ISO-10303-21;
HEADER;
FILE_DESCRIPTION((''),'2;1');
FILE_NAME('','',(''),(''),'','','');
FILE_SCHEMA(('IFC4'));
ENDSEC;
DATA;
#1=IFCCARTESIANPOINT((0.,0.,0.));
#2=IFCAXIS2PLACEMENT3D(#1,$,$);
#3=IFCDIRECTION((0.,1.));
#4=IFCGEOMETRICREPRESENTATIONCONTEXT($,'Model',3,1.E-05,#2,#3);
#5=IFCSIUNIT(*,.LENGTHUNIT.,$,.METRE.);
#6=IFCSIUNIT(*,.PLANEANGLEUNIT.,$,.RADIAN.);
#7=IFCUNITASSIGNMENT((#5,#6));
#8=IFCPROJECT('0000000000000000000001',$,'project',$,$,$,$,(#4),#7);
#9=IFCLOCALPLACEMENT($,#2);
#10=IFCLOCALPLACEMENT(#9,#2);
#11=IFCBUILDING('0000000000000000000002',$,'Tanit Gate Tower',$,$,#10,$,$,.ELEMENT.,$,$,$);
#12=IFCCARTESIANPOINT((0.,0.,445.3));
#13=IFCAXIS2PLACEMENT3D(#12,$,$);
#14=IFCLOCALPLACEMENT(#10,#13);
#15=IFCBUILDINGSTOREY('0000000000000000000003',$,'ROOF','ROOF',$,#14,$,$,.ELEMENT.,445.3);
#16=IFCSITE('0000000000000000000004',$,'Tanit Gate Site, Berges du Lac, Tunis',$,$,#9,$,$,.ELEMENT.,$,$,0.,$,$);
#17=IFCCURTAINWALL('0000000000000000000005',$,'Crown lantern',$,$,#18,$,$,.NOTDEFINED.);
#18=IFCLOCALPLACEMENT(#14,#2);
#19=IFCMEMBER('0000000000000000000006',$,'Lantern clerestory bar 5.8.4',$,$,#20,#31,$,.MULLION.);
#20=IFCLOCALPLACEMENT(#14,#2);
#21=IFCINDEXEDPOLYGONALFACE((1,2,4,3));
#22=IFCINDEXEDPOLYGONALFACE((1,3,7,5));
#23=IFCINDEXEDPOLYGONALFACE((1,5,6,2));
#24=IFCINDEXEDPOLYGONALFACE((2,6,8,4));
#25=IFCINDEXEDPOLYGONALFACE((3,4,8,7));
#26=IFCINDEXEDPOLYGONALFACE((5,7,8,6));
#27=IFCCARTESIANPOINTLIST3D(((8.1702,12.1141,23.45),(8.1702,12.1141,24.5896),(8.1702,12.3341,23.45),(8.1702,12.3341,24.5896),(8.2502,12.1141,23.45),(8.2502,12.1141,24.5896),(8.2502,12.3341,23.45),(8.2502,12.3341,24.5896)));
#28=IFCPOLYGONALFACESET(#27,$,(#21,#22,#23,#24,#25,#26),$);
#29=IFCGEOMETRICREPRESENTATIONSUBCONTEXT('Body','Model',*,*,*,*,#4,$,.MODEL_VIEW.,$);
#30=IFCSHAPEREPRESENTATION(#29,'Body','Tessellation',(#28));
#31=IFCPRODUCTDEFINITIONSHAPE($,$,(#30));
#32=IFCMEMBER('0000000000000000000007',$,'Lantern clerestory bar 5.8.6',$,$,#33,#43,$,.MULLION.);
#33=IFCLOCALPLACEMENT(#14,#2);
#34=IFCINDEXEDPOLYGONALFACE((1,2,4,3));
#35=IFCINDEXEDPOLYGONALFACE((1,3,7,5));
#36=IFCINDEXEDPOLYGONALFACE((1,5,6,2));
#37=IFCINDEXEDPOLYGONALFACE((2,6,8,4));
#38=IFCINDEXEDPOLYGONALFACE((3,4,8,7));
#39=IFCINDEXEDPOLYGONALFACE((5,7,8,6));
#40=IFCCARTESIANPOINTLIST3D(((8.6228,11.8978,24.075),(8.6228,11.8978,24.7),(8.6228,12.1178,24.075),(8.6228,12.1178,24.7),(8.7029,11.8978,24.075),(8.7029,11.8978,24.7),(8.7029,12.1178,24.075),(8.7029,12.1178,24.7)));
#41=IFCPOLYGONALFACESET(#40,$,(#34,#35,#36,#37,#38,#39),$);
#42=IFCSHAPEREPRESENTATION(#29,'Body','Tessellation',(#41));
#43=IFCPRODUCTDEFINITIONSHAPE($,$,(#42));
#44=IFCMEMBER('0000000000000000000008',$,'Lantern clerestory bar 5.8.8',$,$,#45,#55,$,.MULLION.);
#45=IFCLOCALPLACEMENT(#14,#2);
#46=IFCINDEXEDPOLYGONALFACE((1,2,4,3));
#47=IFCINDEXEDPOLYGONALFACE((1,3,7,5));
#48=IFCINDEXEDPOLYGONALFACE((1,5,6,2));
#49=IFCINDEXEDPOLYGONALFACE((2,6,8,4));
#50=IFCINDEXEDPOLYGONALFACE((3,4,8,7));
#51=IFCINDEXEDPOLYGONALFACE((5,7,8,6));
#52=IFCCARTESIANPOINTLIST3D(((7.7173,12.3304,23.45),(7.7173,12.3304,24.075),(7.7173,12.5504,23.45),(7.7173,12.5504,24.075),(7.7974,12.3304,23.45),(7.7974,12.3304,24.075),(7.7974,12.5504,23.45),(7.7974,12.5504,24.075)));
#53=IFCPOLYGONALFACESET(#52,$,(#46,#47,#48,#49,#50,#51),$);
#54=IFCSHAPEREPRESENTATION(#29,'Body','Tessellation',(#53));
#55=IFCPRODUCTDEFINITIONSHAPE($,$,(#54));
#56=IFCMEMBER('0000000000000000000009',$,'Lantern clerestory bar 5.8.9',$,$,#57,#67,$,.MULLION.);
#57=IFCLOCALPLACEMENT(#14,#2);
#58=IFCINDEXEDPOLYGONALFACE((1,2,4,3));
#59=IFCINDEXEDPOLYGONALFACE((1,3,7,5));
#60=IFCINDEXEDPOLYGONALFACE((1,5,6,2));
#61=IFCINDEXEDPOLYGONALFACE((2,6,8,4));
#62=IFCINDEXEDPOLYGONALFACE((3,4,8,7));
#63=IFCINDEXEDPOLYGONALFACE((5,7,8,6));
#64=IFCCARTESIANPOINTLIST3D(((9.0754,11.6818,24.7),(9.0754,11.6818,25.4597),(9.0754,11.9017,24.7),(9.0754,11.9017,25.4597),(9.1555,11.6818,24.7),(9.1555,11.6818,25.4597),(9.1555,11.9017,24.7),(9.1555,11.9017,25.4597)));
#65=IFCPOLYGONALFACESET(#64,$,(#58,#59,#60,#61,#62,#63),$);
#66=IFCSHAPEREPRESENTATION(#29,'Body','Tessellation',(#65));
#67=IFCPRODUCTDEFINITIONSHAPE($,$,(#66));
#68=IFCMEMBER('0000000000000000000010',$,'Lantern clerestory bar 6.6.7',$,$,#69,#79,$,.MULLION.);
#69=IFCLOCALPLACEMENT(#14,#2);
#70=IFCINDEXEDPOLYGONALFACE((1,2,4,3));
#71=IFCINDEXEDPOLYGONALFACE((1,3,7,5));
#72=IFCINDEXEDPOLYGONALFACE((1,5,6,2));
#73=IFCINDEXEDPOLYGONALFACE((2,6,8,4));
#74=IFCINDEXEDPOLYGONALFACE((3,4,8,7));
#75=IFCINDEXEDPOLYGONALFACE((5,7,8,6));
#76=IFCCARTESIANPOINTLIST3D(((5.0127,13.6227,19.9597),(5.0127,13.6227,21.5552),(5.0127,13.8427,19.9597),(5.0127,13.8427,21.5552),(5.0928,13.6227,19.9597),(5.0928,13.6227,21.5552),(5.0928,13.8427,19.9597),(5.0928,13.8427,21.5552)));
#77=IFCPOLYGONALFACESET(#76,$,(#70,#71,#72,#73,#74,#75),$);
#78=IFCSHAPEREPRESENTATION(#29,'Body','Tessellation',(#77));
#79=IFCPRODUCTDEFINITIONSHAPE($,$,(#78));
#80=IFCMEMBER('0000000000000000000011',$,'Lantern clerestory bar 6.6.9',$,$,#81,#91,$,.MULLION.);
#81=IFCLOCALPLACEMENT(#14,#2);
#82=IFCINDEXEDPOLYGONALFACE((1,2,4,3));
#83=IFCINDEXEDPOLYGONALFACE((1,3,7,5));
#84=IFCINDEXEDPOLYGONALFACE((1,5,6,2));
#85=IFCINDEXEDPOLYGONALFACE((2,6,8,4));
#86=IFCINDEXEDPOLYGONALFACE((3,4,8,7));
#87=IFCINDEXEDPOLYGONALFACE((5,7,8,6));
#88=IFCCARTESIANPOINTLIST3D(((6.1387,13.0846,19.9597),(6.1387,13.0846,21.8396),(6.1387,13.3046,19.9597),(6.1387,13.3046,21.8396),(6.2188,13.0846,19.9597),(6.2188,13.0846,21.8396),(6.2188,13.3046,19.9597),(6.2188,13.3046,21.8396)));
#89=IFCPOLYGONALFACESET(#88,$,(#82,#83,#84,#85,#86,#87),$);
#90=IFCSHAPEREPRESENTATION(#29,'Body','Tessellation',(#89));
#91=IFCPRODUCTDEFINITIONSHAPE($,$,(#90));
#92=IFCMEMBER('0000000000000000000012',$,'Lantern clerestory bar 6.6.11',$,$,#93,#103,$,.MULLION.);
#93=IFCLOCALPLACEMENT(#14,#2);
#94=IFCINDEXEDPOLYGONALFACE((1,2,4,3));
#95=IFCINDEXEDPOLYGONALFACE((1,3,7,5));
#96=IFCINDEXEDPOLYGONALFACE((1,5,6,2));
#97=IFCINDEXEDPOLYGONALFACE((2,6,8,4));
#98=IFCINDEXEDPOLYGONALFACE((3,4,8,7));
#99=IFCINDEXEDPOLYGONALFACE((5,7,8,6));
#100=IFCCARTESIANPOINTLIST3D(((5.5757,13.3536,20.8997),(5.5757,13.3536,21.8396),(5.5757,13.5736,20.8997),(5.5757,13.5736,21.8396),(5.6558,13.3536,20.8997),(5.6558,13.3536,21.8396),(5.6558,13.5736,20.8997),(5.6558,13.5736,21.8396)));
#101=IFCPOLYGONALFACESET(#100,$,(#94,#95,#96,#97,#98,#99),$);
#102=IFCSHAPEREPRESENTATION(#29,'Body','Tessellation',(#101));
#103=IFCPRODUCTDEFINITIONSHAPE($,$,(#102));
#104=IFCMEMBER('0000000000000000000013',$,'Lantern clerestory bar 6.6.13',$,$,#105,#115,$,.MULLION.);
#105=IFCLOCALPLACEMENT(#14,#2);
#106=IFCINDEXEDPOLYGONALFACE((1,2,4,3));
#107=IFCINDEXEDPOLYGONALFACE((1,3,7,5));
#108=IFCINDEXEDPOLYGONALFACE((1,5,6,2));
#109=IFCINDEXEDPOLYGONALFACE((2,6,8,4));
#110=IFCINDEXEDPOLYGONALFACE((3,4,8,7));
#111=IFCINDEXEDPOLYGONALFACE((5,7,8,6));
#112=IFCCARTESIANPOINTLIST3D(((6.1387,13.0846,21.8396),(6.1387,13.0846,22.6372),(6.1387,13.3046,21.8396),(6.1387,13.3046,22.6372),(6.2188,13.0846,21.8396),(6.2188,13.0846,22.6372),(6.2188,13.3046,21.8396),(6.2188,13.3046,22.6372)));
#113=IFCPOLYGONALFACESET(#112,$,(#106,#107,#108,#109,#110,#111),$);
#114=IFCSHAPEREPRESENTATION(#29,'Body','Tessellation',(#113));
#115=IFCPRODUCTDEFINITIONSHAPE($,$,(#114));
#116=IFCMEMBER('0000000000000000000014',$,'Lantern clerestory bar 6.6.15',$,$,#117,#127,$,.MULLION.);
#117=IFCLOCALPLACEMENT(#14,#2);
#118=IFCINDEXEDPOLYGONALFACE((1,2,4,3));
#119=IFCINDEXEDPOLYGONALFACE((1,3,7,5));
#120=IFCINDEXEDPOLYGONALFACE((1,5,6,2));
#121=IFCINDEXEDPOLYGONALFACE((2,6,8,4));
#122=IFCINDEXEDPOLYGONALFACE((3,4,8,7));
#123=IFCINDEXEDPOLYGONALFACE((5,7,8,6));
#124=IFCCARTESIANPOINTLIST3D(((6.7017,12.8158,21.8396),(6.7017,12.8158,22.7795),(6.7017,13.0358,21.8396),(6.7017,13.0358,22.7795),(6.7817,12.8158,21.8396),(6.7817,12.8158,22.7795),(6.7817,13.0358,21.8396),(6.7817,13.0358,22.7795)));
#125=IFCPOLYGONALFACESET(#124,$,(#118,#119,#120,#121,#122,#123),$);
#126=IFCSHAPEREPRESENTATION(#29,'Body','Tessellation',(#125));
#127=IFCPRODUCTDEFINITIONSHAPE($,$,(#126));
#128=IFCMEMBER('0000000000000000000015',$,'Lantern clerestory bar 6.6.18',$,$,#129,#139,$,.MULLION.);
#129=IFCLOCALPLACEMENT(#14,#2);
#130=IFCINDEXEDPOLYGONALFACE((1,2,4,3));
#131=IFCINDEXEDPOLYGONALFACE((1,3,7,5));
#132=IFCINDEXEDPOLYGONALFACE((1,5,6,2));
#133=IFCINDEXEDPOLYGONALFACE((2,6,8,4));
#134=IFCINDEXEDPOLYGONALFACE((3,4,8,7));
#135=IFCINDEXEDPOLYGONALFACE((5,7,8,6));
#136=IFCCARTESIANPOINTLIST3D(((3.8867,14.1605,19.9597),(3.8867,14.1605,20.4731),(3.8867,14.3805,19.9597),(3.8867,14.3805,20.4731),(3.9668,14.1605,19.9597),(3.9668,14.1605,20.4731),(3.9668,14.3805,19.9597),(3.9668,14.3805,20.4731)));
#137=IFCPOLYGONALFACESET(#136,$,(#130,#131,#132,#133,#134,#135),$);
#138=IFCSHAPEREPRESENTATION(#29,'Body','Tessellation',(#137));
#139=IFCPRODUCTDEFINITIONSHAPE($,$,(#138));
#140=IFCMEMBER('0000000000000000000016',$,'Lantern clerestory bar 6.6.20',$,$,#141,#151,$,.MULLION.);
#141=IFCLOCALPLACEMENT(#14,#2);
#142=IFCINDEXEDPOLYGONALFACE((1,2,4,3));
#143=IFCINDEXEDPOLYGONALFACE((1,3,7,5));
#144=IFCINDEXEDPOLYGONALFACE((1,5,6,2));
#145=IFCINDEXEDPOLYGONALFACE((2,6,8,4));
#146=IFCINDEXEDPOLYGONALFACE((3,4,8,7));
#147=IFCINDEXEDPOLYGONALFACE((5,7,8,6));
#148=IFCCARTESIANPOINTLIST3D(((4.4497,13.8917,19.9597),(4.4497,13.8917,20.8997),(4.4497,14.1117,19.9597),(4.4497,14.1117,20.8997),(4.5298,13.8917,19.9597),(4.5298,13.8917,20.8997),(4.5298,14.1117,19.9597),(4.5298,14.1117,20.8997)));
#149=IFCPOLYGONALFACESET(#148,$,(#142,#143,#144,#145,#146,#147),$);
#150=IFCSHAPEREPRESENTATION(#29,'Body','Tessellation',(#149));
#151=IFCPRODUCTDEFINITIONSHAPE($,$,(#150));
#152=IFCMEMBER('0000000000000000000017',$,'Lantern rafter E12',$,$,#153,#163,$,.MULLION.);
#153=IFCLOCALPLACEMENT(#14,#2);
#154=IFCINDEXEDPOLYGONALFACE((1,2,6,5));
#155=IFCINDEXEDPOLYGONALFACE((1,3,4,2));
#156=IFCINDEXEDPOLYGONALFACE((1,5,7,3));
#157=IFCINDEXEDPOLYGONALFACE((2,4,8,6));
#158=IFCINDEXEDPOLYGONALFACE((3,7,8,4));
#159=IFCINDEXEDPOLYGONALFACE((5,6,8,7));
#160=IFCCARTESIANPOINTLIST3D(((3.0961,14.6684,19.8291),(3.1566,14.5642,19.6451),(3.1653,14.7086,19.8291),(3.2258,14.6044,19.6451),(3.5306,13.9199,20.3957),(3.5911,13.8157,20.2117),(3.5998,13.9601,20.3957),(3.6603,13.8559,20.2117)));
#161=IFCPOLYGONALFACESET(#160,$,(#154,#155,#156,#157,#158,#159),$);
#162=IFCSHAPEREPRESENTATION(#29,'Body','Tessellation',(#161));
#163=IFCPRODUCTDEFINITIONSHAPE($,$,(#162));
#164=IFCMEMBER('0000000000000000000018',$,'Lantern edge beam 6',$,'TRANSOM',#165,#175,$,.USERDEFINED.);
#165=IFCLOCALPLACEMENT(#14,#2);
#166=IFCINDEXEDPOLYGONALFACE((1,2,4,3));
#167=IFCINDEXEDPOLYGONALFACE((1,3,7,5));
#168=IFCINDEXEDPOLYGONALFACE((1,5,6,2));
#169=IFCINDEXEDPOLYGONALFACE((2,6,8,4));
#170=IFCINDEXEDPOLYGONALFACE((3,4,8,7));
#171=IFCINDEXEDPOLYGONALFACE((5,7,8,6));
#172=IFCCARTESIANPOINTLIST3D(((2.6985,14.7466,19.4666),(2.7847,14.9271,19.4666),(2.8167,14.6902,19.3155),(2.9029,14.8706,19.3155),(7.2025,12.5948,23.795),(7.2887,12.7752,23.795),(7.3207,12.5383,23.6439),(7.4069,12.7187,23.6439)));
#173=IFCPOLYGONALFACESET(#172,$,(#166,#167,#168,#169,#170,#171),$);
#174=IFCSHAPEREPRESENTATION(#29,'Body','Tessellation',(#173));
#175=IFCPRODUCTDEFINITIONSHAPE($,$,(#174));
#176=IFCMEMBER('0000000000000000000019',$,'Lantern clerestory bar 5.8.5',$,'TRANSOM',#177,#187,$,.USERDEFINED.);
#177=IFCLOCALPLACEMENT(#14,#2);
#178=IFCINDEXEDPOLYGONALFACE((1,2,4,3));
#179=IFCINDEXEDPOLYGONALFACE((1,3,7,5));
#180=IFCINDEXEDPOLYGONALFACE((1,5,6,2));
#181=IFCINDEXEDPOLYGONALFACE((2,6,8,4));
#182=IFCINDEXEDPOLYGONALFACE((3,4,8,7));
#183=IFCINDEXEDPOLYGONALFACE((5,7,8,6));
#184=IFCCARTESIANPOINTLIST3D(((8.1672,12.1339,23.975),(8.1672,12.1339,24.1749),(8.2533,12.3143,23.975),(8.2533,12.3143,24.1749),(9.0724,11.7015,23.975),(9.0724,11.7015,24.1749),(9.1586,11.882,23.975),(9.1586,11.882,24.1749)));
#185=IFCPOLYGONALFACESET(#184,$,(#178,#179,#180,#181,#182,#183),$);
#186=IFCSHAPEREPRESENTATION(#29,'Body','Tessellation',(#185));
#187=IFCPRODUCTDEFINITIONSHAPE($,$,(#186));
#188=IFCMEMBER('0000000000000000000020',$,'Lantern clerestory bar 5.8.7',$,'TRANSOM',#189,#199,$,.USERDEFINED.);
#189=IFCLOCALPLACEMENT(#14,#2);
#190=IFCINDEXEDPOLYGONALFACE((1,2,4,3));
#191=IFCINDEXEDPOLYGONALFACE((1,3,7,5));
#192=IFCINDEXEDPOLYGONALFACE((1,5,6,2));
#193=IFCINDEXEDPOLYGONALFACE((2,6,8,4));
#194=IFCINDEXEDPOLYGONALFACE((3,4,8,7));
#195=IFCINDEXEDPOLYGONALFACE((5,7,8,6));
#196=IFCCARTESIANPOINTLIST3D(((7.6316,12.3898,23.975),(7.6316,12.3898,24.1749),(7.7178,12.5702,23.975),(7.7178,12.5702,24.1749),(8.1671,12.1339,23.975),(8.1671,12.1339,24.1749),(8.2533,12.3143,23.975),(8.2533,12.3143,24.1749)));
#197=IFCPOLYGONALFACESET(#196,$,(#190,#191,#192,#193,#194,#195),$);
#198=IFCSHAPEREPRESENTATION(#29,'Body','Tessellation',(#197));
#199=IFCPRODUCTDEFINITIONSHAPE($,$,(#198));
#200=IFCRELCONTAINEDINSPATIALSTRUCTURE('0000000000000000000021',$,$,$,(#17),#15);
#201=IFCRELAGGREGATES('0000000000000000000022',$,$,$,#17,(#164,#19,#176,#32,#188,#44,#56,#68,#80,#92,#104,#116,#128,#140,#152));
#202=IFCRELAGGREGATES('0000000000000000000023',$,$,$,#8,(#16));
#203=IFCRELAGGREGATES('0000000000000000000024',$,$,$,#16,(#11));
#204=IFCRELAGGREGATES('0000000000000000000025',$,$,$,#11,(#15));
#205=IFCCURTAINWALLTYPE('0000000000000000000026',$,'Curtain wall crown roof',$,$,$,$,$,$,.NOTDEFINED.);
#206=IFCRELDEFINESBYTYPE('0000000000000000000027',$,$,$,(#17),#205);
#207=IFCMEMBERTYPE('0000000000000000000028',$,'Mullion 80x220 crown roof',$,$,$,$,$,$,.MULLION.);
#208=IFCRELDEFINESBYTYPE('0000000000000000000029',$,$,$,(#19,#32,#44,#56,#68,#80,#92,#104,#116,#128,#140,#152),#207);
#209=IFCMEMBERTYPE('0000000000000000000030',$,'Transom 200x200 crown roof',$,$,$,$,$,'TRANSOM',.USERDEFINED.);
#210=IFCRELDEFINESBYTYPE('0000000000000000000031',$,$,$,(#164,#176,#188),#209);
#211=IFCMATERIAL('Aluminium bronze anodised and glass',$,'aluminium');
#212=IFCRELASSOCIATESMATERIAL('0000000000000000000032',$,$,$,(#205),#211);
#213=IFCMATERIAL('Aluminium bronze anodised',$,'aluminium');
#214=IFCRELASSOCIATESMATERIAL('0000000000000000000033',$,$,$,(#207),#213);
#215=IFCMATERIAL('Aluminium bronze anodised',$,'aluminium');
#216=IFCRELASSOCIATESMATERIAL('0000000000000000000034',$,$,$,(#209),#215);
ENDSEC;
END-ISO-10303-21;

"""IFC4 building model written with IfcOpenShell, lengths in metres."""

from ifc_helpers import new_model, si_unit, direction, frame, origin, origin_2d, place, context, subcontext, project, spatial, rectangle, extrude, material, material_profile, profile_set, type_object, element, aggregate, save


model = new_model("IFC4")

# Units and contexts
model_context = context("Model", 3, precision=1e-05, world=origin(), true_north=direction((0.0, 1.0)))
body_context = subcontext(model_context, "Body", "Model", "MODEL_VIEW")
ifc_project = project(units=[si_unit("LENGTHUNIT", "METRE"), si_unit("PLANEANGLEUNIT", "RADIAN")], contexts=[model_context])

# Site, building, storey
site_placement = place(None, origin())
site = spatial("IfcSite", under=ifc_project, at=site_placement, Name="Tanit Gate Site, Berges du Lac, Tunis", CompositionType="ELEMENT", RefElevation=0.0)
building_placement = place(site_placement, origin())
building = spatial("IfcBuilding", under=site, at=building_placement, Name="Tanit Gate Tower", CompositionType="ELEMENT")
storey_placement = place(building_placement, frame((0.0, 0.0, 445.3)))
storey = spatial("IfcBuildingStorey", under=building, at=storey_placement, Name="ROOF", Description="ROOF", CompositionType="ELEMENT", Elevation=445.3)

# Curtain wall, members
ifc_material_1 = material(Name="Aluminium bronze anodised and glass", Category="aluminium")
curtain_wall_type = type_object("IfcCurtainWallType", Name="Curtain wall crown roof", PredefinedType="NOTDEFINED", material=ifc_material_1)
curtain_wall_placement = place(storey_placement, origin())
curtain_wall = element("IfcCurtainWall", 1, at=curtain_wall_placement, inside=storey, type_object=curtain_wall_type, Name="Crown lantern", PredefinedType="NOTDEFINED")
ifc_material_2 = material(Name="Aluminium bronze anodised", Category="aluminium")
ifc_material_profile_1 = material_profile(ifc_material_2, rectangle(XDim=0.0801, YDim=0.22, at=origin_2d()), Name="80x220 bronze rafter")
ifc_profile_set_1 = profile_set([ifc_material_profile_1], Name="Aluminium bronze anodised")
member_type_1 = type_object("IfcMemberType", Name="Mullion 80x220 crown roof", PredefinedType="MULLION", material=ifc_profile_set_1)
member_1_placement = place(storey_placement, frame((8.2102, 12.2241, 23.45), z_axis=(0.0, 0.0, 1.0), x_axis=(1.0, 0.0, 0.0)))
member_1 = element("IfcMember", 2, at=member_1_placement, type_object=member_type_1, Name="Lantern clerestory bar 5.8.4", PredefinedType="MULLION", context=body_context, shape_type="SweptSolid", body=[
    extrude(rectangle(XDim=0.0801, YDim=0.22, at=origin_2d()), origin(), (0.0, 0.0, 1.0), 1.1396),
])
member_2_placement = place(storey_placement, frame((8.6628, 12.0078, 24.075), z_axis=(0.0, 0.0, 1.0), x_axis=(1.0, 0.0, 0.0)))
member_2 = element("IfcMember", 3, at=member_2_placement, type_object=member_type_1, Name="Lantern clerestory bar 5.8.6", PredefinedType="MULLION", context=body_context, shape_type="SweptSolid", body=[
    extrude(rectangle(XDim=0.0801, YDim=0.22, at=origin_2d()), origin(), (0.0, 0.0, 1.0), 0.625),
])
member_3_placement = place(storey_placement, frame((7.7573, 12.4404, 23.45), z_axis=(0.0, 0.0, 1.0), x_axis=(1.0, 0.0, 0.0)))
member_3 = element("IfcMember", 4, at=member_3_placement, type_object=member_type_1, Name="Lantern clerestory bar 5.8.8", PredefinedType="MULLION", context=body_context, shape_type="SweptSolid", body=[
    extrude(rectangle(XDim=0.0801, YDim=0.22, at=origin_2d()), origin(), (0.0, 0.0, 1.0), 0.625),
])
member_4_placement = place(storey_placement, frame((9.1155, 11.7917, 24.7), z_axis=(0.0, 0.0, 1.0), x_axis=(1.0, 0.0, 0.0)))
member_4 = element("IfcMember", 5, at=member_4_placement, type_object=member_type_1, Name="Lantern clerestory bar 5.8.9", PredefinedType="MULLION", context=body_context, shape_type="SweptSolid", body=[
    extrude(rectangle(XDim=0.0801, YDim=0.22, at=origin_2d()), origin(), (0.0, 0.0, 1.0), 0.7598),
])
member_5_placement = place(storey_placement, frame((5.0527, 13.7327, 19.9597), z_axis=(0.0, 0.0, 1.0), x_axis=(1.0, 0.0, 0.0)))
member_5 = element("IfcMember", 6, at=member_5_placement, type_object=member_type_1, Name="Lantern clerestory bar 6.6.7", PredefinedType="MULLION", context=body_context, shape_type="SweptSolid", body=[
    extrude(rectangle(XDim=0.0801, YDim=0.22, at=origin_2d()), origin(), (0.0, 0.0, 1.0), 1.5955),
])
member_6_placement = place(storey_placement, frame((6.1787, 13.1946, 19.9597), z_axis=(0.0, 0.0, 1.0), x_axis=(1.0, 0.0, 0.0)))
member_6 = element("IfcMember", 7, at=member_6_placement, type_object=member_type_1, Name="Lantern clerestory bar 6.6.9", PredefinedType="MULLION", context=body_context, shape_type="SweptSolid", body=[
    extrude(rectangle(XDim=0.0801, YDim=0.22, at=origin_2d()), origin(), (0.0, 0.0, 1.0), 1.8799),
])
member_7_placement = place(storey_placement, frame((5.6157, 13.4636, 20.8997), z_axis=(0.0, 0.0, 1.0), x_axis=(1.0, 0.0, 0.0)))
member_7 = element("IfcMember", 8, at=member_7_placement, type_object=member_type_1, Name="Lantern clerestory bar 6.6.11", PredefinedType="MULLION", context=body_context, shape_type="SweptSolid", body=[
    extrude(rectangle(XDim=0.0801, YDim=0.22, at=origin_2d()), origin(), (0.0, 0.0, 1.0), 0.9399),
])
member_8_placement = place(storey_placement, frame((6.1787, 13.1946, 21.8396), z_axis=(0.0, 0.0, 1.0), x_axis=(1.0, 0.0, 0.0)))
member_8 = element("IfcMember", 9, at=member_8_placement, type_object=member_type_1, Name="Lantern clerestory bar 6.6.13", PredefinedType="MULLION", context=body_context, shape_type="SweptSolid", body=[
    extrude(rectangle(XDim=0.0801, YDim=0.22, at=origin_2d()), origin(), (0.0, 0.0, 1.0), 0.7976),
])
member_9_placement = place(storey_placement, frame((6.7417, 12.9258, 21.8396), z_axis=(0.0, 0.0, 1.0), x_axis=(1.0, 0.0, 0.0)))
member_9 = element("IfcMember", 10, at=member_9_placement, type_object=member_type_1, Name="Lantern clerestory bar 6.6.15", PredefinedType="MULLION", context=body_context, shape_type="SweptSolid", body=[
    extrude(rectangle(XDim=0.0801, YDim=0.22, at=origin_2d()), origin(), (0.0, 0.0, 1.0), 0.9399),
])
member_10_placement = place(storey_placement, frame((3.9268, 14.2705, 19.9597), z_axis=(0.0, 0.0, 1.0), x_axis=(1.0, 0.0, 0.0)))
member_10 = element("IfcMember", 11, at=member_10_placement, type_object=member_type_1, Name="Lantern clerestory bar 6.6.18", PredefinedType="MULLION", context=body_context, shape_type="SweptSolid", body=[
    extrude(rectangle(XDim=0.0801, YDim=0.22, at=origin_2d()), origin(), (0.0, 0.0, 1.0), 0.5134),
])
member_11_placement = place(storey_placement, frame((4.4897, 14.0017, 19.9597), z_axis=(0.0, 0.0, 1.0), x_axis=(1.0, 0.0, 0.0)))
member_11 = element("IfcMember", 12, at=member_11_placement, type_object=member_type_1, Name="Lantern clerestory bar 6.6.20", PredefinedType="MULLION", context=body_context, shape_type="SweptSolid", body=[
    extrude(rectangle(XDim=0.0801, YDim=0.22, at=origin_2d()), origin(), (0.0, 0.0, 1.0), 0.9399),
])
member_12_placement = place(storey_placement, frame((3.5955, 13.8879, 20.3037), z_axis=(-0.420066, 0.723552, -0.547738), x_axis=(-0.864821, -0.502081, 0.0)))
member_12 = element("IfcMember", 13, at=member_12_placement, type_object=member_type_1, Name="Lantern rafter E12", PredefinedType="MULLION", context=body_context, shape_type="SweptSolid", body=[
    extrude(rectangle(XDim=0.0801, YDim=0.22, at=origin_2d()), origin(), (0.0, 0.0, 1.0), 1.0344),
])
ifc_material_3 = material(Name="Aluminium bronze anodised", Category="aluminium")
ifc_material_profile_2 = material_profile(ifc_material_3, rectangle(XDim=0.2, YDim=0.2, at=origin_2d()), Name="200x200 bronze transom")
ifc_profile_set_2 = profile_set([ifc_material_profile_2], Name="Aluminium bronze anodised")
member_type_2 = type_object("IfcMemberType", Name="Transom 200x200 crown roof", ElementType="TRANSOM", PredefinedType="USERDEFINED", material=ifc_profile_set_2)
member_13_placement = place(storey_placement, frame((7.3047, 12.6567, 23.7195), z_axis=(-0.681703, 0.325701, -0.655134), x_axis=(-0.431099, -0.902305, 0.0)))
member_13 = element("IfcMember", 14, at=member_13_placement, type_object=member_type_2, Name="Lantern edge beam 6", ObjectType="TRANSOM", PredefinedType="USERDEFINED", context=body_context, shape_type="SweptSolid", body=[
    extrude(rectangle(XDim=0.2, YDim=0.2, at=origin_2d()), origin(), (0.0, 0.0, 1.0), 6.6069),
])
member_14_placement = place(storey_placement, frame((9.1155, 11.7917, 24.075), z_axis=(-0.902361, 0.430982, 0.0), x_axis=(-0.430982, -0.902361, 0.0)))
member_14 = element("IfcMember", 15, at=member_14_placement, type_object=member_type_2, Name="Lantern clerestory bar 5.8.5", ObjectType="TRANSOM", PredefinedType="USERDEFINED", context=body_context, shape_type="SweptSolid", body=[
    extrude(rectangle(XDim=0.2, YDim=0.2, at=origin_2d()), origin(), (0.0, 0.0, 1.0), 1.0032),
])
member_15_placement = place(storey_placement, frame((8.2102, 12.2241, 24.075), z_axis=(-0.902266, 0.431179, 0.0), x_axis=(-0.431179, -0.902266, 0.0)))
member_15 = element("IfcMember", 16, at=member_15_placement, type_object=member_type_2, Name="Lantern clerestory bar 5.8.7", ObjectType="TRANSOM", PredefinedType="USERDEFINED", context=body_context, shape_type="SweptSolid", body=[
    extrude(rectangle(XDim=0.2, YDim=0.2, at=origin_2d()), origin(), (0.0, 0.0, 1.0), 0.5935),
])
aggregate(curtain_wall, [member_13, member_1, member_14, member_2, member_15, member_3, member_4, member_5, member_6, member_7, member_8, member_9, member_10, member_11, member_12])

save(model, "model.ifc")
